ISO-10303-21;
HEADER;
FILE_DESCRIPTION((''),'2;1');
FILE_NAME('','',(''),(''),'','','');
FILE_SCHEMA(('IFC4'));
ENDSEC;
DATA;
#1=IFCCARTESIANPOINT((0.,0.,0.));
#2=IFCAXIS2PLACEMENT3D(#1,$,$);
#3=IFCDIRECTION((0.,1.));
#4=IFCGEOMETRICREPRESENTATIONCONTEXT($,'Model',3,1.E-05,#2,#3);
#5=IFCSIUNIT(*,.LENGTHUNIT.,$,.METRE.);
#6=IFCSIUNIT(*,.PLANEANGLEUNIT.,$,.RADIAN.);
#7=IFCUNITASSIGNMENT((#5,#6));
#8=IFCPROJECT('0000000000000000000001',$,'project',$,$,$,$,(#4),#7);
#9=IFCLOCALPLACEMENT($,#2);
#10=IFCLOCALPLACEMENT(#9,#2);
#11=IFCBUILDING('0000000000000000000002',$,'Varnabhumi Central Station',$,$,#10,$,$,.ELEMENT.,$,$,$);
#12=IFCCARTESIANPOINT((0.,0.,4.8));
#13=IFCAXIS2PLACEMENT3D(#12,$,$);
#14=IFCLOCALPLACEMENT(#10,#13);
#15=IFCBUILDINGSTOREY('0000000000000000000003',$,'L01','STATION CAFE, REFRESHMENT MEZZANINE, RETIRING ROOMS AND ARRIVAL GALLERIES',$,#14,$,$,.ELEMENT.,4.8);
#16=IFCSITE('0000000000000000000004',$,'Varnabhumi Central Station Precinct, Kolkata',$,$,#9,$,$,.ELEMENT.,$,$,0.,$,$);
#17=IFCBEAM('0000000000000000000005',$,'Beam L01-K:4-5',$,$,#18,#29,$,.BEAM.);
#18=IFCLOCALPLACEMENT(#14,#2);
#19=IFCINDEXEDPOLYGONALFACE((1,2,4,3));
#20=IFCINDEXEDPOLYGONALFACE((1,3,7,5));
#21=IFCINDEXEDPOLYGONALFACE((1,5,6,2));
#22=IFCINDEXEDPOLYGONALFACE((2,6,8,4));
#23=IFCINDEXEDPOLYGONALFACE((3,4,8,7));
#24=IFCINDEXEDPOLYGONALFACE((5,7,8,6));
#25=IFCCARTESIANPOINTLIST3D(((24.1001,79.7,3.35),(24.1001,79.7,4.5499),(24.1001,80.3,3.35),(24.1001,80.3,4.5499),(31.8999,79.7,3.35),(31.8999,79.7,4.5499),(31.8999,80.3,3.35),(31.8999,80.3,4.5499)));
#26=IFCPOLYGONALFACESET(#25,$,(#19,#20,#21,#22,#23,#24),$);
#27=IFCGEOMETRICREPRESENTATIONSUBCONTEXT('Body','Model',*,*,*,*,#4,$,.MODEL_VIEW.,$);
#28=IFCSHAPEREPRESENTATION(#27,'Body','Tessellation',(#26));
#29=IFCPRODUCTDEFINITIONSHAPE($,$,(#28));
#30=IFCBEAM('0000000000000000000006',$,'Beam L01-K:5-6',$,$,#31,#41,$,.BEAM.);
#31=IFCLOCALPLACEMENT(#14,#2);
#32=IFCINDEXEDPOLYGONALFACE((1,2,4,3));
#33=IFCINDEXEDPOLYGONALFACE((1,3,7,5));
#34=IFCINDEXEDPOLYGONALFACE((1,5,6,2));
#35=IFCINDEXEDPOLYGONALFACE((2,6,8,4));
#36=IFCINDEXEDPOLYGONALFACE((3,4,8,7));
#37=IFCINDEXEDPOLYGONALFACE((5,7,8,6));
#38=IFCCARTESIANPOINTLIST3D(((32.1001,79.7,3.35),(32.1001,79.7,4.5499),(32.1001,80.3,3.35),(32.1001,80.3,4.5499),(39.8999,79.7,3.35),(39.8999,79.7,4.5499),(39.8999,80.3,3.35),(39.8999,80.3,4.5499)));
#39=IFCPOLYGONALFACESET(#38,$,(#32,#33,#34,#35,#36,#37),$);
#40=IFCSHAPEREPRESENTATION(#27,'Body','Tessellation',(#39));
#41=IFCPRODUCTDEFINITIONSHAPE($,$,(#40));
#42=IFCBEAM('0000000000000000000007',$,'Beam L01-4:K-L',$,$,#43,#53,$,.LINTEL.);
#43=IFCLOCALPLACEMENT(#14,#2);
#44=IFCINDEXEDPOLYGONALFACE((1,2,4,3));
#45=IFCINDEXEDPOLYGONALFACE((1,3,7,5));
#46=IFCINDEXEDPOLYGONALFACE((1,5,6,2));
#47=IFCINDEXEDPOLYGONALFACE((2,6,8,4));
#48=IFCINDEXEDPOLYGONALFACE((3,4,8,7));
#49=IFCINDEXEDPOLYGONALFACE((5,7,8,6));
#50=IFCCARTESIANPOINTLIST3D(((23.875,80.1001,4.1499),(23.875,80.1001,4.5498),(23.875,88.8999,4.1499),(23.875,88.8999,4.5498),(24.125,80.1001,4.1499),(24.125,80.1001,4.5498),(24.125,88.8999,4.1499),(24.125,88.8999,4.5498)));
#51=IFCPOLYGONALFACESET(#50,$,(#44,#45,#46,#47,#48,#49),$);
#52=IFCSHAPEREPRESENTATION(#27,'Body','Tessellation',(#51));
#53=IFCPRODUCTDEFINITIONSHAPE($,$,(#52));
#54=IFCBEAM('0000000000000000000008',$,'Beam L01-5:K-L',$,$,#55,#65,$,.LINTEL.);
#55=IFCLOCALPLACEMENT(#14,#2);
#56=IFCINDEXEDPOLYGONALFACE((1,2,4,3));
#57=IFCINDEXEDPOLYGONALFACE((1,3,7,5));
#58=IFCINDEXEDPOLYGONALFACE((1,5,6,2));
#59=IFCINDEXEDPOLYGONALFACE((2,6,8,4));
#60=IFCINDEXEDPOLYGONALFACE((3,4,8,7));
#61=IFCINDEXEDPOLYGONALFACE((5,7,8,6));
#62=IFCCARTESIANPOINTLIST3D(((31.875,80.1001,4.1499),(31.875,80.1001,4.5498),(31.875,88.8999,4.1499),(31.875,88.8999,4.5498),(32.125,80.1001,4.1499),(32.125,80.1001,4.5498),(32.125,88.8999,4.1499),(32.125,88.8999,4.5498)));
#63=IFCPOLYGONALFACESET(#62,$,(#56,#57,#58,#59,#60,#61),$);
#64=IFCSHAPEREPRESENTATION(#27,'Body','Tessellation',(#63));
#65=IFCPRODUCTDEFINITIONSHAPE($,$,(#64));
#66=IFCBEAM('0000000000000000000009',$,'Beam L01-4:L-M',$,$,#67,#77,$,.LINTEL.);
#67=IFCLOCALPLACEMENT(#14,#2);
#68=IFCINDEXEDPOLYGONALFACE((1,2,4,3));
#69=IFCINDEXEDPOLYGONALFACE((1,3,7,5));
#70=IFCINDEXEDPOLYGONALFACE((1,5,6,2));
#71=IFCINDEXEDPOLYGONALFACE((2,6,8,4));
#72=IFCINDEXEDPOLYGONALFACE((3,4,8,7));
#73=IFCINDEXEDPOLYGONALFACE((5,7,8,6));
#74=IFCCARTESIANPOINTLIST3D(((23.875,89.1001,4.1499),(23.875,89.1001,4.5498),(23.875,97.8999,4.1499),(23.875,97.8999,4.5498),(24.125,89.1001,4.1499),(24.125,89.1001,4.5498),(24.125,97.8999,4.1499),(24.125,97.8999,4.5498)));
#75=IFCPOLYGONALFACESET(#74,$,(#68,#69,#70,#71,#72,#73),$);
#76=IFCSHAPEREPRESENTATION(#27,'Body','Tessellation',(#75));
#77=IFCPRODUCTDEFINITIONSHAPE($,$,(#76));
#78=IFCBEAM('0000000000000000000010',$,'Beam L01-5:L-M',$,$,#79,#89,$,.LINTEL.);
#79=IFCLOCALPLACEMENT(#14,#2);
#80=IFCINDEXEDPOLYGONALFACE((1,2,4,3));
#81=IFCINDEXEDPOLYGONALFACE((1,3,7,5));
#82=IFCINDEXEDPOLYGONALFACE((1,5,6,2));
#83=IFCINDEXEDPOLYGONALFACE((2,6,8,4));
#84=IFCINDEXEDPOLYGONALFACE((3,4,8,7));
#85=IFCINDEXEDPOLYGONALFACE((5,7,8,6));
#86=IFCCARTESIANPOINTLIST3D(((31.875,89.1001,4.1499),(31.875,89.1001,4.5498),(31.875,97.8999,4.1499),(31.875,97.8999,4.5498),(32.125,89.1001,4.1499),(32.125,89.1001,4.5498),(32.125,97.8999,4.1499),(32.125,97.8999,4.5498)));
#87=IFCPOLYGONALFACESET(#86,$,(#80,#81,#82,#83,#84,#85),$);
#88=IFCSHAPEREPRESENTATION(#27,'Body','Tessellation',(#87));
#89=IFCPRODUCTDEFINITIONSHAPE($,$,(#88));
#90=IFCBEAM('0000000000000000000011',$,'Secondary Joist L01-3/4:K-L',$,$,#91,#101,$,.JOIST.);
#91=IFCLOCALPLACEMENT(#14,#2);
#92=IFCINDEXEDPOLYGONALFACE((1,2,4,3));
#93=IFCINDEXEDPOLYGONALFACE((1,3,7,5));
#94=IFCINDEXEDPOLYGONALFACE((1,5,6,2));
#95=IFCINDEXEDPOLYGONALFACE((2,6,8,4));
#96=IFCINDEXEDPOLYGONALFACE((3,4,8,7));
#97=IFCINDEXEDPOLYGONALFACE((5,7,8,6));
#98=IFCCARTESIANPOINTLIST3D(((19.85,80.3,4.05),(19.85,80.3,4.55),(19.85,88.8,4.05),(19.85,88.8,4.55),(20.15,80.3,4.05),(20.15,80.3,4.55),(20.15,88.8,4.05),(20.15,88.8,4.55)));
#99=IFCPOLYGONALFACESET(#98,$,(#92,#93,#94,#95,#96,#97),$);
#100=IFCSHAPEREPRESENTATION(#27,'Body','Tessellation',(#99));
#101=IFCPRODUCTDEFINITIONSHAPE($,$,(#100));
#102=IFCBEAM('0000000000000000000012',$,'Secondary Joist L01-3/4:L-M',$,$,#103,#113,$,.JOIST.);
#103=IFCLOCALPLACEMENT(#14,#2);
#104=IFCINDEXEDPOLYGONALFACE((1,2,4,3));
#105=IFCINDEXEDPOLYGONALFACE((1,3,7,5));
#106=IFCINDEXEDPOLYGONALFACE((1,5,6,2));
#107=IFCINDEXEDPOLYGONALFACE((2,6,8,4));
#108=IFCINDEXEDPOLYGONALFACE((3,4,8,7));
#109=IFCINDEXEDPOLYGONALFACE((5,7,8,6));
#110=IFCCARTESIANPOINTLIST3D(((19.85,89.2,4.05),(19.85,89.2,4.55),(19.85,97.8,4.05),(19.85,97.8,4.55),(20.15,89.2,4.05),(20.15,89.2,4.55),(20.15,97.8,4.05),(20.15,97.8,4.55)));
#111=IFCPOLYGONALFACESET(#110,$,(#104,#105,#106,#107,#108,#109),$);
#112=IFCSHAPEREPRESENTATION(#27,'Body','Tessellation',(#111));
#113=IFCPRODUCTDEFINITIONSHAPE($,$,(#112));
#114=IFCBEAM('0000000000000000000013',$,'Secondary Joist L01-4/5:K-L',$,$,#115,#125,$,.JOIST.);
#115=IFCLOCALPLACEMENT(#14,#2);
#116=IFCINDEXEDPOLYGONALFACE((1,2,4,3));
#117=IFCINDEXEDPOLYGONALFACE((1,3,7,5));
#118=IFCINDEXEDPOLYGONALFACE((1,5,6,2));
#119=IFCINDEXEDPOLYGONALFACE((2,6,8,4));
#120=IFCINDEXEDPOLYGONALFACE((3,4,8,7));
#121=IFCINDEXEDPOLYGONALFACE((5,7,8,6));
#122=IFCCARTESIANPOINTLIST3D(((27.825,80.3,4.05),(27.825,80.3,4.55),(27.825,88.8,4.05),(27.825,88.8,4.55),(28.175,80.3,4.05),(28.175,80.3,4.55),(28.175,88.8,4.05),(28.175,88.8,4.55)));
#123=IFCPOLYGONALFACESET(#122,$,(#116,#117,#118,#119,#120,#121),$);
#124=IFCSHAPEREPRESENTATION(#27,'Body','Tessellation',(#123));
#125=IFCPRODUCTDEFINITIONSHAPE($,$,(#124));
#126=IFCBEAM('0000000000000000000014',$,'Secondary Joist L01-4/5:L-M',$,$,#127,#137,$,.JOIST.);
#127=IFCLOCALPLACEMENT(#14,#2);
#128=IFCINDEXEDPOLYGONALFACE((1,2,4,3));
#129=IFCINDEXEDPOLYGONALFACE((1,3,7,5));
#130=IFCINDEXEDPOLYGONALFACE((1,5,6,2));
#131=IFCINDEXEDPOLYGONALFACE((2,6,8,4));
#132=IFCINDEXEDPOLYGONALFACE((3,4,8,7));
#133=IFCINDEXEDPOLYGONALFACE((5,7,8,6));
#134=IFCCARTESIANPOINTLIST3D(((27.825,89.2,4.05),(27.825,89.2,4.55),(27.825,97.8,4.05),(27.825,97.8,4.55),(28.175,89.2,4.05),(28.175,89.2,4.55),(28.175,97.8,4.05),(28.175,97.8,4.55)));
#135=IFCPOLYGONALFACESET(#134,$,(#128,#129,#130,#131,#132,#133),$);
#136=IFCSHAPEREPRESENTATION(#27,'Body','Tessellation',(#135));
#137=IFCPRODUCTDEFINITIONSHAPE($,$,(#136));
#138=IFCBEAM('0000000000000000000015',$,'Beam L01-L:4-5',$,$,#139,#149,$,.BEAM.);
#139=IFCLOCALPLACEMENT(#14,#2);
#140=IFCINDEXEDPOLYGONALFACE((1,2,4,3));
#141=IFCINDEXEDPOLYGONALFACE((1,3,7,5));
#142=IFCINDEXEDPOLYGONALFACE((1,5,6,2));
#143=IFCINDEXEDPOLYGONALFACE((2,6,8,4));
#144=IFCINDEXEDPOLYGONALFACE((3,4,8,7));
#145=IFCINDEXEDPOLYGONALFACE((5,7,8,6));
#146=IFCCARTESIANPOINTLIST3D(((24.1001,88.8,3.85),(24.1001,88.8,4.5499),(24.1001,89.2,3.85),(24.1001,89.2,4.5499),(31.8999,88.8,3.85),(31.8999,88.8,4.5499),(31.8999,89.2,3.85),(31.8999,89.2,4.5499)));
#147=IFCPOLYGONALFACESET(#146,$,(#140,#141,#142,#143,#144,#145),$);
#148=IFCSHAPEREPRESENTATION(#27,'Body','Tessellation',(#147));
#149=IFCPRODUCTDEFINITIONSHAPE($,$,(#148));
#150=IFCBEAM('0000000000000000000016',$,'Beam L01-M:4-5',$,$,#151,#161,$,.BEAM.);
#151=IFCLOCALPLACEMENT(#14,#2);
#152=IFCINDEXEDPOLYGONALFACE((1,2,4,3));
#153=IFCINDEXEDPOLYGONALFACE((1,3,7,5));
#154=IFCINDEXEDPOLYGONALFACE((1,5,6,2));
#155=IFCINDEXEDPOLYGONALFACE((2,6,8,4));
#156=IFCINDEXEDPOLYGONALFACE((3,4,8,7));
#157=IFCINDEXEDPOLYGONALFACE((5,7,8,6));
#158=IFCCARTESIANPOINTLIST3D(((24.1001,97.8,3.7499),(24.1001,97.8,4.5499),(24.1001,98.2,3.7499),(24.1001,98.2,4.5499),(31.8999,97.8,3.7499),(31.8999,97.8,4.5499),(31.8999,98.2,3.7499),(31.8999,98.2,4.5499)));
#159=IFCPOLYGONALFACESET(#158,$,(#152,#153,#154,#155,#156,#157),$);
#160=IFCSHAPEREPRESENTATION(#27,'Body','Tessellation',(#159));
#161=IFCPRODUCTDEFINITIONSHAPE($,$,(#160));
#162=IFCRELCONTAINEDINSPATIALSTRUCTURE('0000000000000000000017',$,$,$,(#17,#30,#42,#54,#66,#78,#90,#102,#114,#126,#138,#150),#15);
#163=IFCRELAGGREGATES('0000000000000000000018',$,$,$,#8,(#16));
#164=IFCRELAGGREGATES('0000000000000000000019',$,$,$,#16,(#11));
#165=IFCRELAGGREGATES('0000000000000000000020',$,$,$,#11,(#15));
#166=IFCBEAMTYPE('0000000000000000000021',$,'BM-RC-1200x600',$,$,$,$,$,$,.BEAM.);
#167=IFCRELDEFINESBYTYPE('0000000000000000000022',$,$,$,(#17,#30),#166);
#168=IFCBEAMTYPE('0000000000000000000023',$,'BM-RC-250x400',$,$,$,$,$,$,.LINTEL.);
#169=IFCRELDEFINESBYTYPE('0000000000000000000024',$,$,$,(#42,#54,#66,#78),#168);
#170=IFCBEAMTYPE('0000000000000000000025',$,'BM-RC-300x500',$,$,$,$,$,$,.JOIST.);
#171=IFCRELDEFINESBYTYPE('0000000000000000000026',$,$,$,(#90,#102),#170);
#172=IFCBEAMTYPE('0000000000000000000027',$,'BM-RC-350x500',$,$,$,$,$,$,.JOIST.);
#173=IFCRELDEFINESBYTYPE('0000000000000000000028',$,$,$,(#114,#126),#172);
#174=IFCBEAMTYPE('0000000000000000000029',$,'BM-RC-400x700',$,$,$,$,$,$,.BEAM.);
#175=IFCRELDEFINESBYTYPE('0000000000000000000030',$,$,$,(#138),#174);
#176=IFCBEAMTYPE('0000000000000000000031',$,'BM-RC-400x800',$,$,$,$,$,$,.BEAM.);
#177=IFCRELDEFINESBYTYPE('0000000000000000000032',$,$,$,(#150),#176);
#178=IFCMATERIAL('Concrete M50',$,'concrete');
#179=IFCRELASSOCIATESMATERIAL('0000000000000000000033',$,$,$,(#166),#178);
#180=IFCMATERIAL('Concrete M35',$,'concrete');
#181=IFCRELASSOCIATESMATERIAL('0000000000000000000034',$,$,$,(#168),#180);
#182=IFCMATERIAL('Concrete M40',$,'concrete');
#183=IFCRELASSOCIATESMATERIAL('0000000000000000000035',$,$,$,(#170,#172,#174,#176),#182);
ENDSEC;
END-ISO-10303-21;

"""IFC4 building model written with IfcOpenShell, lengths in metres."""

from ifc_helpers import new_model, si_unit, direction, frame, origin, origin_2d, place, context, subcontext, project, spatial, rectangle, extrude, material, material_profile, profile_set, type_object, element, save


model = new_model("IFC4")

# Units and contexts
model_context = context("Model", 3, precision=1e-05, world=origin(), true_north=direction((0.0, 1.0)))
body_context = subcontext(model_context, "Body", "Model", "MODEL_VIEW")
ifc_project = project(units=[si_unit("LENGTHUNIT", "METRE"), si_unit("PLANEANGLEUNIT", "RADIAN")], contexts=[model_context])

# Site, building, storey
site_placement = place(None, origin())
site = spatial("IfcSite", under=ifc_project, at=site_placement, Name="Varnabhumi Central Station Precinct, Kolkata", CompositionType="ELEMENT", RefElevation=0.0)
building_placement = place(site_placement, origin())
building = spatial("IfcBuilding", under=site, at=building_placement, Name="Varnabhumi Central Station", CompositionType="ELEMENT")
storey_placement = place(building_placement, frame((0.0, 0.0, 4.8)))
storey = spatial("IfcBuildingStorey", under=building, at=storey_placement, Name="L01", Description="STATION CAFE, REFRESHMENT MEZZANINE, RETIRING ROOMS AND ARRIVAL GALLERIES", CompositionType="ELEMENT", Elevation=4.8)

# Shared definitions
ifc_material_1 = material(Name="Concrete M40", Category="concrete")
ifc_material_2 = material(Name="Concrete M50", Category="concrete")

# Beams
ifc_material_profile_1 = material_profile(ifc_material_2, rectangle(XDim=0.6001, YDim=1.2, at=origin_2d()), Name="Concrete M50", Category="concrete")
ifc_profile_set_1 = profile_set([ifc_material_profile_1], Name="Concrete M50")
beam_type_1 = type_object("IfcBeamType", Name="BM-RC-1200x600", PredefinedType="BEAM", material=ifc_profile_set_1)
for number, where, z_axis, x_axis, name in (
    (1, (24.1001, 80.0, 3.95), (1.0, 0.0, 0.0), (0.0, 1.0, 0.0), "Beam L01-K:4-5"),
    (2, (32.1001, 80.0, 3.95), (1.0, 0.0, 0.0), (0.0, 1.0, 0.0), "Beam L01-K:5-6"),
):
    element("IfcBeam", number, at=place(storey_placement, frame(where, z_axis=z_axis, x_axis=x_axis)), inside=storey, type_object=beam_type_1, Name=name, PredefinedType="BEAM", context=body_context, shape_type="SweptSolid", body=[
        extrude(rectangle(XDim=0.6001, YDim=1.2, at=origin_2d()), origin(), (0.0, 0.0, 1.0), 7.7998),
    ])
ifc_material_3 = material(Name="Concrete M35", Category="concrete")
ifc_material_profile_2 = material_profile(ifc_material_3, rectangle(XDim=0.25, YDim=0.3999, at=origin_2d()), Name="Concrete M35", Category="concrete")
ifc_profile_set_2 = profile_set([ifc_material_profile_2], Name="Concrete M35")
beam_type_2 = type_object("IfcBeamType", Name="BM-RC-250x400", PredefinedType="LINTEL", material=ifc_profile_set_2)
for number, where, z_axis, x_axis, name in (
    (3, (24.0, 80.1001, 4.3499), (0.0, 1.0, 0.0), (-1.0, 0.0, 0.0), "Beam L01-4:K-L"),
    (4, (32.0, 80.1001, 4.3499), (0.0, 1.0, 0.0), (-1.0, 0.0, 0.0), "Beam L01-5:K-L"),
    (5, (24.0, 89.1001, 4.3499), (0.0, 1.0, 0.0), (-1.0, 0.0, 0.0), "Beam L01-4:L-M"),
    (6, (32.0, 89.1001, 4.3499), (0.0, 1.0, 0.0), (-1.0, 0.0, 0.0), "Beam L01-5:L-M"),
):
    element("IfcBeam", number, at=place(storey_placement, frame(where, z_axis=z_axis, x_axis=x_axis)), inside=storey, type_object=beam_type_2, Name=name, PredefinedType="LINTEL", context=body_context, shape_type="SweptSolid", body=[
        extrude(rectangle(XDim=0.25, YDim=0.3999, at=origin_2d()), origin(), (0.0, 0.0, 1.0), 8.7998),
    ])
ifc_material_profile_3 = material_profile(ifc_material_1, rectangle(XDim=0.3, YDim=0.5, at=origin_2d()), Name="Concrete M40", Category="concrete")
ifc_profile_set_3 = profile_set([ifc_material_profile_3], Name="Concrete M40")
beam_type_3 = type_object("IfcBeamType", Name="BM-RC-300x500", PredefinedType="JOIST", material=ifc_profile_set_3)
beam_1_placement = place(storey_placement, frame((20.0, 80.3, 4.3), z_axis=(0.0, 1.0, 0.0), x_axis=(-1.0, 0.0, 0.0)))
element("IfcBeam", 7, at=beam_1_placement, inside=storey, type_object=beam_type_3, Name="Secondary Joist L01-3/4:K-L", PredefinedType="JOIST", context=body_context, shape_type="SweptSolid", body=[
    extrude(rectangle(XDim=0.3, YDim=0.5, at=origin_2d()), origin(), (0.0, 0.0, 1.0), 8.5),
])
beam_2_placement = place(storey_placement, frame((20.0, 89.2, 4.3), z_axis=(0.0, 1.0, 0.0), x_axis=(-1.0, 0.0, 0.0)))
element("IfcBeam", 8, at=beam_2_placement, inside=storey, type_object=beam_type_3, Name="Secondary Joist L01-3/4:L-M", PredefinedType="JOIST", context=body_context, shape_type="SweptSolid", body=[
    extrude(rectangle(XDim=0.3, YDim=0.5, at=origin_2d()), origin(), (0.0, 0.0, 1.0), 8.6001),
])
ifc_material_profile_4 = material_profile(ifc_material_1, rectangle(XDim=0.3501, YDim=0.5, at=origin_2d()), Name="Concrete M40", Category="concrete")
ifc_profile_set_4 = profile_set([ifc_material_profile_4], Name="Concrete M40")
beam_type_4 = type_object("IfcBeamType", Name="BM-RC-350x500", PredefinedType="JOIST", material=ifc_profile_set_4)
beam_3_placement = place(storey_placement, frame((28.0, 80.3, 4.3), z_axis=(0.0, 1.0, 0.0), x_axis=(-1.0, 0.0, 0.0)))
element("IfcBeam", 9, at=beam_3_placement, inside=storey, type_object=beam_type_4, Name="Secondary Joist L01-4/5:K-L", PredefinedType="JOIST", context=body_context, shape_type="SweptSolid", body=[
    extrude(rectangle(XDim=0.3501, YDim=0.5, at=origin_2d()), origin(), (0.0, 0.0, 1.0), 8.5),
])
beam_4_placement = place(storey_placement, frame((28.0, 89.2, 4.3), z_axis=(0.0, 1.0, 0.0), x_axis=(-1.0, 0.0, 0.0)))
element("IfcBeam", 10, at=beam_4_placement, inside=storey, type_object=beam_type_4, Name="Secondary Joist L01-4/5:L-M", PredefinedType="JOIST", context=body_context, shape_type="SweptSolid", body=[
    extrude(rectangle(XDim=0.3501, YDim=0.5, at=origin_2d()), origin(), (0.0, 0.0, 1.0), 8.6001),
])
ifc_material_profile_5 = material_profile(ifc_material_1, rectangle(XDim=0.3999, YDim=0.7, at=origin_2d()), Name="Concrete M40", Category="concrete")
ifc_profile_set_5 = profile_set([ifc_material_profile_5], Name="Concrete M40")
beam_type_5 = type_object("IfcBeamType", Name="BM-RC-400x700", PredefinedType="BEAM", material=ifc_profile_set_5)
beam_5_placement = place(storey_placement, frame((24.1001, 89.0, 4.2), z_axis=(1.0, 0.0, 0.0), x_axis=(0.0, 1.0, 0.0)))
element("IfcBeam", 11, at=beam_5_placement, inside=storey, type_object=beam_type_5, Name="Beam L01-L:4-5", PredefinedType="BEAM", context=body_context, shape_type="SweptSolid", body=[
    extrude(rectangle(XDim=0.3999, YDim=0.7, at=origin_2d()), origin(), (0.0, 0.0, 1.0), 7.7998),
])
ifc_material_profile_6 = material_profile(ifc_material_1, rectangle(XDim=0.3999, YDim=0.8, at=origin_2d()), Name="Concrete M40", Category="concrete")
ifc_profile_set_6 = profile_set([ifc_material_profile_6], Name="Concrete M40")
beam_type_6 = type_object("IfcBeamType", Name="BM-RC-400x800", PredefinedType="BEAM", material=ifc_profile_set_6)
beam_6_placement = place(storey_placement, frame((24.1001, 98.0, 4.1499), z_axis=(1.0, 0.0, 0.0), x_axis=(0.0, 1.0, 0.0)))
element("IfcBeam", 12, at=beam_6_placement, inside=storey, type_object=beam_type_6, Name="Beam L01-M:4-5", PredefinedType="BEAM", context=body_context, shape_type="SweptSolid", body=[
    extrude(rectangle(XDim=0.3999, YDim=0.8, at=origin_2d()), origin(), (0.0, 0.0, 1.0), 7.7998),
])

save(model, "model.ifc")
